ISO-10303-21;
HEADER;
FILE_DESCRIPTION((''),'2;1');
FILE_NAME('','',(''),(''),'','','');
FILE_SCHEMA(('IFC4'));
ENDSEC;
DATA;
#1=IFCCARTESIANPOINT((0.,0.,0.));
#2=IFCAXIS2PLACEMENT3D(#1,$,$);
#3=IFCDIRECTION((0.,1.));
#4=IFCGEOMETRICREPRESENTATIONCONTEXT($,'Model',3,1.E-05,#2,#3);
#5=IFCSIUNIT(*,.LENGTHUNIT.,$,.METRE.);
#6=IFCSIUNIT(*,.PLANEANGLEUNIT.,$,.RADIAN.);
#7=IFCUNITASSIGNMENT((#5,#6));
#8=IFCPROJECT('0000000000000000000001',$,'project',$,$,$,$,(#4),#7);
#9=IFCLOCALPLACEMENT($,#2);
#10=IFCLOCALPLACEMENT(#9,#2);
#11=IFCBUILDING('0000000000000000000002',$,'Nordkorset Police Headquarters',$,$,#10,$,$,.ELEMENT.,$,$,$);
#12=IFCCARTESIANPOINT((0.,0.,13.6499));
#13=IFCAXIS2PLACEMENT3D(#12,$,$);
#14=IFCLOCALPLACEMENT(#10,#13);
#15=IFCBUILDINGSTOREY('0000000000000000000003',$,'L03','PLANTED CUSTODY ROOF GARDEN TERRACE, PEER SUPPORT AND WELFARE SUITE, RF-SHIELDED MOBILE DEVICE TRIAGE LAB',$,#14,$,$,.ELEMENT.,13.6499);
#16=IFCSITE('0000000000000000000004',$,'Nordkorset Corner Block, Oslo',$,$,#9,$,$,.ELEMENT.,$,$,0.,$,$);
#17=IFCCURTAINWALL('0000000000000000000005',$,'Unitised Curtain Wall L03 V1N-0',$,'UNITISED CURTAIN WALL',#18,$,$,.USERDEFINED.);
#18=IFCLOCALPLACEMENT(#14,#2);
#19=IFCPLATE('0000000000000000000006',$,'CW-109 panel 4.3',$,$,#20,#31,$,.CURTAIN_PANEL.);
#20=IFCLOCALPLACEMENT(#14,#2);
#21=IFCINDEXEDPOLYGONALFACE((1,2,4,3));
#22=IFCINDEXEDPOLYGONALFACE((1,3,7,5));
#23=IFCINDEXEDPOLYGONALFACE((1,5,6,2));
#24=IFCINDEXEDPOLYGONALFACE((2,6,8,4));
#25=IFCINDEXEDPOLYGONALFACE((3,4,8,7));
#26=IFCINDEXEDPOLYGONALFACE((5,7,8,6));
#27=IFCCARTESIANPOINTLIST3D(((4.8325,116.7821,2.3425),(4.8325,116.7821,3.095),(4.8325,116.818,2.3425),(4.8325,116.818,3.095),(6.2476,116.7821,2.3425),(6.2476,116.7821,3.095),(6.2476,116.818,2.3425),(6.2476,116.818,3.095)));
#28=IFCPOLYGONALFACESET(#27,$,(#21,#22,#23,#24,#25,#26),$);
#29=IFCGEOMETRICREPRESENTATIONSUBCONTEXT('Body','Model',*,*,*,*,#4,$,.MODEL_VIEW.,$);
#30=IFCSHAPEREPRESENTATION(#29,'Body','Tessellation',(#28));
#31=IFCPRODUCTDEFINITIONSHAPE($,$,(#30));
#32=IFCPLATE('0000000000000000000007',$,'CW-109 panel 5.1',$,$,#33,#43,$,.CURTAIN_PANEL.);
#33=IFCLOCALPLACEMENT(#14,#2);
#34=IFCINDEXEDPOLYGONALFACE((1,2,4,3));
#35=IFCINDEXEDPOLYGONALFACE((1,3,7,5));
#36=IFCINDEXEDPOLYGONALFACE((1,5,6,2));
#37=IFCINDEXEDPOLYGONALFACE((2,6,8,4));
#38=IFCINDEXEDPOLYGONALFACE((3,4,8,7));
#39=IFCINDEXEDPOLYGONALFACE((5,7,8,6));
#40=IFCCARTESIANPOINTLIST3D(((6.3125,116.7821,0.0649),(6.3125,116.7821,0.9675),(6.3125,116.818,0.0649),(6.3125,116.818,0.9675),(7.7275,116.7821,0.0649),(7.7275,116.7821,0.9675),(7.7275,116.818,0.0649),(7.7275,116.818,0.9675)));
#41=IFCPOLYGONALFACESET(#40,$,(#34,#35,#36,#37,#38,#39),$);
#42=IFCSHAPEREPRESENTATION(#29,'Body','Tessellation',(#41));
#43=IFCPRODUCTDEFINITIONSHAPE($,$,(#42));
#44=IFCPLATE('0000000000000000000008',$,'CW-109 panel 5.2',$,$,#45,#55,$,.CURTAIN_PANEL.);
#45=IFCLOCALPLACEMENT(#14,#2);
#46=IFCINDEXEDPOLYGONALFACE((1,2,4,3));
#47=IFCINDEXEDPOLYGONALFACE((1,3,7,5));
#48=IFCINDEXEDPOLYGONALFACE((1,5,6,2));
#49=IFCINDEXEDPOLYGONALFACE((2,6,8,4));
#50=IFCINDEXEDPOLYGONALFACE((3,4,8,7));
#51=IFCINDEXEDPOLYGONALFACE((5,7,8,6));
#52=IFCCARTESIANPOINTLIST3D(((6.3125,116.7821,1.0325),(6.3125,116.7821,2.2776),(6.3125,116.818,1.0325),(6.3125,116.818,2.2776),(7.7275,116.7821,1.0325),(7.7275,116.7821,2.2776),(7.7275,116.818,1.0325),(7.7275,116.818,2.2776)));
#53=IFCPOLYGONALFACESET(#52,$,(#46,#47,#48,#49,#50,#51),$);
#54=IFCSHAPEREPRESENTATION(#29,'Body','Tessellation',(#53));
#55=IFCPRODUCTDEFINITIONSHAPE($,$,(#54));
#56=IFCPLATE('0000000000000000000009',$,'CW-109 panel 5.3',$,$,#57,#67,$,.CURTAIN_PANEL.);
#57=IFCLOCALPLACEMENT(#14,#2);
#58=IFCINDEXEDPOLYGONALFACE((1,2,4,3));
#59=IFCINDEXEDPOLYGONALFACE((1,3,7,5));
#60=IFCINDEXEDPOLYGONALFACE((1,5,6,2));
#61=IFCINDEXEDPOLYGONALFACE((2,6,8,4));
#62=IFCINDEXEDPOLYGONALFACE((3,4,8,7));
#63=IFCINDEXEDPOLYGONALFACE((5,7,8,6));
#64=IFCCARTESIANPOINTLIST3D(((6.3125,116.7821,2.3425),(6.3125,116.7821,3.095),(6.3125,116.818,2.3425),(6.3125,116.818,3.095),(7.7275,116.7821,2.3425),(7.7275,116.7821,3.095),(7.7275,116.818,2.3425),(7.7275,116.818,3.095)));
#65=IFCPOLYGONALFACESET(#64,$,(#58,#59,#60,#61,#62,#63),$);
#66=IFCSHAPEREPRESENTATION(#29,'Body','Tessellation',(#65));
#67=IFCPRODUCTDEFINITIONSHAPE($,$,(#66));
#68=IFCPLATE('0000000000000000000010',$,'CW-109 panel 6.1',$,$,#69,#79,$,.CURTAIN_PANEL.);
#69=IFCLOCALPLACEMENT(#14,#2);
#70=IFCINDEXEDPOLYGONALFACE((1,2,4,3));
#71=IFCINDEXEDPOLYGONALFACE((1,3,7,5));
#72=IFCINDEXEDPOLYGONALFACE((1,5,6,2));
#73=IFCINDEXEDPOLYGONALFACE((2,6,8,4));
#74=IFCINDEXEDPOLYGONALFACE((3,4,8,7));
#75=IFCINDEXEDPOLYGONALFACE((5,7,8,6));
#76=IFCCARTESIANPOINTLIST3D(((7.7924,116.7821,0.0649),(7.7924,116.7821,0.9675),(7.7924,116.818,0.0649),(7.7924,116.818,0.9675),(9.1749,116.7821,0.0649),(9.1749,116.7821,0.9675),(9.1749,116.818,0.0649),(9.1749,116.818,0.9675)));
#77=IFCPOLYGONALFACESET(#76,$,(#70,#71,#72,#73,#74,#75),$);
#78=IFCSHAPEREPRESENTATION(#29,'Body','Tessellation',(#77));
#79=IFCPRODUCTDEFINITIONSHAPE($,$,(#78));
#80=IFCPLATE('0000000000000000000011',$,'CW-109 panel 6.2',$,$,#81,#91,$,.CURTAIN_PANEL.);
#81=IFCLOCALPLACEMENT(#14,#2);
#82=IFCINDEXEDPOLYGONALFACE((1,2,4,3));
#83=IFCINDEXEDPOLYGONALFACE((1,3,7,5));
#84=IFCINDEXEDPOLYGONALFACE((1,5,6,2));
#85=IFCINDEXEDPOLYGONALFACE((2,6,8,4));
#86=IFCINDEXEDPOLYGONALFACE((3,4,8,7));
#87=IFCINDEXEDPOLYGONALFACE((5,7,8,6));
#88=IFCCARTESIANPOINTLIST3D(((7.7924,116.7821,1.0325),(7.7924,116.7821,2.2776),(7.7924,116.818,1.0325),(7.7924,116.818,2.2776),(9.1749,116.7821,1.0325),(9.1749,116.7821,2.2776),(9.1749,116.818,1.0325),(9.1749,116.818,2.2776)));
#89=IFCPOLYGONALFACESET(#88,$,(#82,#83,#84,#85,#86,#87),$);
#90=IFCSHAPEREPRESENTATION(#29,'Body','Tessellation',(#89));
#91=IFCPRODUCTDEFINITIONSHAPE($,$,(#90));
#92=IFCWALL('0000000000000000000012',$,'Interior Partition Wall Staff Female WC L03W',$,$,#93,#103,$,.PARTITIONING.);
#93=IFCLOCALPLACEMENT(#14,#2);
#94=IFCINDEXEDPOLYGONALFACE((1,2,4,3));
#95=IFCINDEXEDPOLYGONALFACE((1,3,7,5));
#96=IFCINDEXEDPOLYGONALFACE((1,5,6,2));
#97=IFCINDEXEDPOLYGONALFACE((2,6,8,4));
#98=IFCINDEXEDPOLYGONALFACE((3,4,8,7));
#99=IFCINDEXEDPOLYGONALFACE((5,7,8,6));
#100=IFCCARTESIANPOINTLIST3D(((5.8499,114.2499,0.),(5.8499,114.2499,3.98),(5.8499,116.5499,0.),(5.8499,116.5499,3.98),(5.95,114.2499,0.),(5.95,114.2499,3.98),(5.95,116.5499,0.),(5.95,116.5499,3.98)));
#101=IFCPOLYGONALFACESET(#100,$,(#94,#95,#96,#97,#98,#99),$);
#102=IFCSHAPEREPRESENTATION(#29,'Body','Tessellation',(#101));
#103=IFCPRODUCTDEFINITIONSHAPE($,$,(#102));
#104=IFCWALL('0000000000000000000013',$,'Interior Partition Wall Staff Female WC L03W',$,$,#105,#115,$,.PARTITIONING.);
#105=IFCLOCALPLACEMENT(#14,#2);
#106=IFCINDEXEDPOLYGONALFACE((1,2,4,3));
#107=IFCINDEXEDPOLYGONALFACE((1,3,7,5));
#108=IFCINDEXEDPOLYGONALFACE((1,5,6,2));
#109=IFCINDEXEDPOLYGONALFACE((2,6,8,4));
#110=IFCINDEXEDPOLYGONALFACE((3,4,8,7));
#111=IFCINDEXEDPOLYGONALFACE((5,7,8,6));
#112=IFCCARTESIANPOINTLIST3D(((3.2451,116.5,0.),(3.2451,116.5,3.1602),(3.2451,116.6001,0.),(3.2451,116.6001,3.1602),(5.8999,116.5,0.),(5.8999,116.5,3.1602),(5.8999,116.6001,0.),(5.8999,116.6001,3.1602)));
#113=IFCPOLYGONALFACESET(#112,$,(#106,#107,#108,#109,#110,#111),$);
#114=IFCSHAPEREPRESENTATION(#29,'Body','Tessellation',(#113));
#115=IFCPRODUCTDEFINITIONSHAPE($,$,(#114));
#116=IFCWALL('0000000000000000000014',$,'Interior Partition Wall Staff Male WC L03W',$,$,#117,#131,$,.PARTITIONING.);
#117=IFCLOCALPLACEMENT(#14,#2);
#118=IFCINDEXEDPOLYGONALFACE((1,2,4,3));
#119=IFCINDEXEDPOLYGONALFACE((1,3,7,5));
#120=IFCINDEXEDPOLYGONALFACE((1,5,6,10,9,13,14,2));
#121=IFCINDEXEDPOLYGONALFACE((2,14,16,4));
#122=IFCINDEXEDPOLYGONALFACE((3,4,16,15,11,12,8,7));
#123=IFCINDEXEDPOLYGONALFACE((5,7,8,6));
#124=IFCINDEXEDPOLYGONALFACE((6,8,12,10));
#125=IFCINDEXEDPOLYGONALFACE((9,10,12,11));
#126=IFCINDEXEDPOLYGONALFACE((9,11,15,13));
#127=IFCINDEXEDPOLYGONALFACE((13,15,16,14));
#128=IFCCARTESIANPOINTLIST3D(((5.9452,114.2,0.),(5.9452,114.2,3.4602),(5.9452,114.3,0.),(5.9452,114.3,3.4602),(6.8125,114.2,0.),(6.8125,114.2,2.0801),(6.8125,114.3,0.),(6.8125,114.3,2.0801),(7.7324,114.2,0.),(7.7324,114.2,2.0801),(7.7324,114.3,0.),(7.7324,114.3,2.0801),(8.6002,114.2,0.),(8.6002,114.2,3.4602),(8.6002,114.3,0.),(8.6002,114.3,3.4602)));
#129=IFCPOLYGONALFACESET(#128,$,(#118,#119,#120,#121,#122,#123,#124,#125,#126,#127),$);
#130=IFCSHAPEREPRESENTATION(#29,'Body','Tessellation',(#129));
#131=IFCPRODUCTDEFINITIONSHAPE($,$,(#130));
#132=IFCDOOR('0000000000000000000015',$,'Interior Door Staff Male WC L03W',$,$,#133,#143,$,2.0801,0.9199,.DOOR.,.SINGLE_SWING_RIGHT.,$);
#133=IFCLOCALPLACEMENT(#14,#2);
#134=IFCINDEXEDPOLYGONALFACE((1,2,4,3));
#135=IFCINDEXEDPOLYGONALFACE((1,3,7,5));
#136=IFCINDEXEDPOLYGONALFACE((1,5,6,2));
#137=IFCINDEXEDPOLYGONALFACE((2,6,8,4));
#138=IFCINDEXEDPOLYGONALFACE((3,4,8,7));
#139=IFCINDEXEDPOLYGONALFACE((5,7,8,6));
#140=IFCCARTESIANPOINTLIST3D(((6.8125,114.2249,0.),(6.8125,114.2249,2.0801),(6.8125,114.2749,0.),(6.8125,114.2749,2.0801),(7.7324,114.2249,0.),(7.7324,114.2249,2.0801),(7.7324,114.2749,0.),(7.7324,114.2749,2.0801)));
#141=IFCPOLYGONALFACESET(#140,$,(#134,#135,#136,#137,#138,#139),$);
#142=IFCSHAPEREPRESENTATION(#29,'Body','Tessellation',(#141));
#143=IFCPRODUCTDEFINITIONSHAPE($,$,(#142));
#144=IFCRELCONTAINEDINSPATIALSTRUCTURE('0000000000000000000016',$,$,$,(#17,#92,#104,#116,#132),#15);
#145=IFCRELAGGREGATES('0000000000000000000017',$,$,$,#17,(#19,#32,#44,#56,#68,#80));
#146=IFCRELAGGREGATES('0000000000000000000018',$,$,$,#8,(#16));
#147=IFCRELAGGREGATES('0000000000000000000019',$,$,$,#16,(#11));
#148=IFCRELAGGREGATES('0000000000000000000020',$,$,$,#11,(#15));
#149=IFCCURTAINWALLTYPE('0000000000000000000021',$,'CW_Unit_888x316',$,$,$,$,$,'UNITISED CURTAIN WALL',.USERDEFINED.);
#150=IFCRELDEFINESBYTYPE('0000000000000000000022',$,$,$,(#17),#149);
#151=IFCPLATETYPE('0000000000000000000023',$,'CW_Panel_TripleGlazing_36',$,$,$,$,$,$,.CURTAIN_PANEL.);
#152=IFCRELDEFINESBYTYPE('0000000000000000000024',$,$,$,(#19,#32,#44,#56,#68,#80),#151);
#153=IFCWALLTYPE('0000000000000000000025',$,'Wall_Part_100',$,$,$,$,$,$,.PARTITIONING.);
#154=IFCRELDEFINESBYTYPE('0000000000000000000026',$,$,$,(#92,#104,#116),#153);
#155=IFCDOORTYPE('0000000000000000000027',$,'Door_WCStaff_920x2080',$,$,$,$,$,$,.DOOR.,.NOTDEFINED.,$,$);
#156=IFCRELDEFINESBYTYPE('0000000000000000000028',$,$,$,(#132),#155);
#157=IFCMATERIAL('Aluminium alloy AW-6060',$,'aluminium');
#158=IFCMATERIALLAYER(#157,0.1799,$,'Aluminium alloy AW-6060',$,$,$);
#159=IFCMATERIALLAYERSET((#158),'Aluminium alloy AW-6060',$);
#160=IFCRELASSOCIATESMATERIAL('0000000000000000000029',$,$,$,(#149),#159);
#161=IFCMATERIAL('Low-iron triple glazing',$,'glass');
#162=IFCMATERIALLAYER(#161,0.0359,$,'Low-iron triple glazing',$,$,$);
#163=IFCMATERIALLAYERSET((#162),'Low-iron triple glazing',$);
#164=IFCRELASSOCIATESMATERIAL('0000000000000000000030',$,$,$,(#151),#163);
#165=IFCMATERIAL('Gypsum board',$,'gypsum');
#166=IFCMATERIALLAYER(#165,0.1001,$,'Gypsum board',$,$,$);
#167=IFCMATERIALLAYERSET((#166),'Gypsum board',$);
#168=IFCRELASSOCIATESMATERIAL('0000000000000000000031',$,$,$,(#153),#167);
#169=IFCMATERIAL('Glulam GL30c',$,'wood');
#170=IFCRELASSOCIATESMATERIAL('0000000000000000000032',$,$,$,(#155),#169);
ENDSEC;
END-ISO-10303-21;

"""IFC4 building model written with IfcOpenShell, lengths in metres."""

from ifc_helpers import new_model, si_unit, direction, frame, frame_2d, origin, origin_2d, place, context, subcontext, project, spatial, rectangle, extrude, material, layer, layer_set, type_object, element, fill, aggregate, save


model = new_model("IFC4")

# Units and contexts
model_context = context("Model", 3, precision=1e-05, world=origin(), true_north=direction((0.0, 1.0)))
body_context = subcontext(model_context, "Body", "Model", "MODEL_VIEW")
ifc_project = project(units=[si_unit("LENGTHUNIT", "METRE"), si_unit("PLANEANGLEUNIT", "RADIAN")], contexts=[model_context])

# Site, building, storey
site_placement = place(None, origin())
site = spatial("IfcSite", under=ifc_project, at=site_placement, Name="Nordkorset Corner Block, Oslo", CompositionType="ELEMENT", RefElevation=0.0)
building_placement = place(site_placement, origin())
building = spatial("IfcBuilding", under=site, at=building_placement, Name="Nordkorset Police Headquarters", CompositionType="ELEMENT")
storey_placement = place(building_placement, frame((0.0, 0.0, 13.6499)))
storey = spatial("IfcBuildingStorey", under=building, at=storey_placement, Name="L03", Description="PLANTED CUSTODY ROOF GARDEN TERRACE, PEER SUPPORT AND WELFARE SUITE, RF-SHIELDED MOBILE DEVICE TRIAGE LAB", CompositionType="ELEMENT", Elevation=13.6499)

# Curtain wall, plates
ifc_material_1 = material(Name="Aluminium alloy AW-6060", Category="aluminium")
ifc_layer_1 = layer(ifc_material_1, 0.1799, Name="Aluminium alloy AW-6060")
ifc_layer_set_1 = layer_set([ifc_layer_1], Name="Aluminium alloy AW-6060")
curtain_wall_type = type_object("IfcCurtainWallType", Name="CW_Unit_888x316", ElementType="UNITISED CURTAIN WALL", PredefinedType="USERDEFINED", material=ifc_layer_set_1)
curtain_wall_placement = place(storey_placement, origin())
curtain_wall = element("IfcCurtainWall", 1, at=curtain_wall_placement, inside=storey, type_object=curtain_wall_type, Name="Unitised Curtain Wall L03 V1N-0", ObjectType="UNITISED CURTAIN WALL", PredefinedType="USERDEFINED")
ifc_material_2 = material(Name="Low-iron triple glazing", Category="glass")
ifc_layer_2 = layer(ifc_material_2, 0.0359, Name="Low-iron triple glazing")
ifc_layer_set_2 = layer_set([ifc_layer_2], Name="Low-iron triple glazing")
plate_type = type_object("IfcPlateType", Name="CW_Panel_TripleGlazing_36", PredefinedType="CURTAIN_PANEL", material=ifc_layer_set_2)
plate_1_placement = place(storey_placement, frame((5.54, 116.8, 2.3425), z_axis=(0.0, 0.0, 1.0), x_axis=(1.0, 0.0, 0.0)))
plate_1 = element("IfcPlate", 2, at=plate_1_placement, type_object=plate_type, Name="CW-109 panel 4.3", PredefinedType="CURTAIN_PANEL", context=body_context, shape_type="SweptSolid", body=[
    extrude(rectangle(XDim=1.415, YDim=0.0359, at=origin_2d()), origin(), (0.0, 0.0, 1.0), 0.7524),
])
plate_2_placement = place(storey_placement, frame((7.02, 116.8, 0.0649), z_axis=(0.0, 0.0, 1.0), x_axis=(1.0, 0.0, 0.0)))
plate_2 = element("IfcPlate", 3, at=plate_2_placement, type_object=plate_type, Name="CW-109 panel 5.1", PredefinedType="CURTAIN_PANEL", context=body_context, shape_type="SweptSolid", body=[
    extrude(rectangle(XDim=1.415, YDim=0.0359, at=origin_2d()), origin(), (0.0, 0.0, 1.0), 0.9026),
])
plate_3_placement = place(storey_placement, frame((7.02, 116.8, 1.0325), z_axis=(0.0, 0.0, 1.0), x_axis=(1.0, 0.0, 0.0)))
plate_3 = element("IfcPlate", 4, at=plate_3_placement, type_object=plate_type, Name="CW-109 panel 5.2", PredefinedType="CURTAIN_PANEL", context=body_context, shape_type="SweptSolid", body=[
    extrude(rectangle(XDim=1.415, YDim=0.0359, at=origin_2d()), origin(), (0.0, 0.0, 1.0), 1.2451),
])
plate_4_placement = place(storey_placement, frame((7.02, 116.8, 2.3425), z_axis=(0.0, 0.0, 1.0), x_axis=(1.0, 0.0, 0.0)))
plate_4 = element("IfcPlate", 5, at=plate_4_placement, type_object=plate_type, Name="CW-109 panel 5.3", PredefinedType="CURTAIN_PANEL", context=body_context, shape_type="SweptSolid", body=[
    extrude(rectangle(XDim=1.415, YDim=0.0359, at=origin_2d()), origin(), (0.0, 0.0, 1.0), 0.7524),
])
plate_5_placement = place(storey_placement, frame((8.4836, 116.8, 0.0649), z_axis=(0.0, 0.0, 1.0), x_axis=(1.0, 0.0, 0.0)))
plate_5 = element("IfcPlate", 6, at=plate_5_placement, type_object=plate_type, Name="CW-109 panel 6.1", PredefinedType="CURTAIN_PANEL", context=body_context, shape_type="SweptSolid", body=[
    extrude(rectangle(XDim=1.3826, YDim=0.0359, at=origin_2d()), origin(), (0.0, 0.0, 1.0), 0.9026),
])
plate_6_placement = place(storey_placement, frame((8.4836, 116.8, 1.0325), z_axis=(0.0, 0.0, 1.0), x_axis=(1.0, 0.0, 0.0)))
plate_6 = element("IfcPlate", 7, at=plate_6_placement, type_object=plate_type, Name="CW-109 panel 6.2", PredefinedType="CURTAIN_PANEL", context=body_context, shape_type="SweptSolid", body=[
    extrude(rectangle(XDim=1.3826, YDim=0.0359, at=origin_2d()), origin(), (0.0, 0.0, 1.0), 1.2451),
])
aggregate(curtain_wall, [plate_1, plate_2, plate_3, plate_4, plate_5, plate_6])

# Walls
ifc_material_3 = material(Name="Gypsum board", Category="gypsum")
ifc_layer_3 = layer(ifc_material_3, 0.1001, Name="Gypsum board")
ifc_layer_set_3 = layer_set([ifc_layer_3], Name="Gypsum board")
wall_type = type_object("IfcWallType", Name="Wall_Part_100", PredefinedType="PARTITIONING", material=ifc_layer_set_3)
wall_1_placement = place(storey_placement, frame((5.8999, 114.25, 0.0), z_axis=(0.0, 0.0, 1.0), x_axis=(0.0, 1.0, 0.0)))
element("IfcWall", 8, at=wall_1_placement, inside=storey, type_object=wall_type, Name="Interior Partition Wall Staff Female WC L03W", PredefinedType="PARTITIONING", context=body_context, shape_type="SweptSolid", body=[
    extrude(rectangle(XDim=2.3, YDim=0.1001, at=frame_2d((1.1499, 0.0))), origin(), (0.0, 0.0, 1.0), 3.98),
])
wall_2_placement = place(storey_placement, frame((5.8999, 116.55, 0.0), z_axis=(0.0, 0.0, 1.0), x_axis=(-1.0, 0.0, 0.0)))
element("IfcWall", 9, at=wall_2_placement, inside=storey, type_object=wall_type, Name="Interior Partition Wall Staff Female WC L03W", PredefinedType="PARTITIONING", context=body_context, shape_type="SweptSolid", body=[
    extrude(rectangle(XDim=2.6548, YDim=0.1001, at=frame_2d((1.3274, 0.0))), origin(), (0.0, 0.0, 1.0), 3.1602),
])

# Wall, opening, door
wall_3_placement = place(storey_placement, frame((5.9451, 114.25, 0.0), z_axis=(0.0, 0.0, 1.0), x_axis=(1.0, 0.0, 0.0)))
wall_3 = element("IfcWall", 10, at=wall_3_placement, inside=storey, type_object=wall_type, Name="Interior Partition Wall Staff Male WC L03W", PredefinedType="PARTITIONING", context=body_context, shape_type="SweptSolid", body=[
    extrude(rectangle(XDim=2.655, YDim=0.1001, at=frame_2d((1.3276, 0.0))), origin(), (0.0, 0.0, 1.0), 3.4602),
])
opening_placement = place(wall_3_placement, frame((0.8674, 0.0, 0.0)))
opening = element("IfcOpeningElement", 11, at=opening_placement, cuts=wall_3, PredefinedType="OPENING", context=body_context, shape_type="SweptSolid", body=[
    extrude(rectangle(XDim=0.9199, YDim=2.0801, at=frame_2d((0.46, 1.04))), frame((0.0, 0.0601, 0.0), z_axis=(0.0, -1.0, 0.0), x_axis=(1.0, 0.0, 0.0)), (0.0, 0.0, 1.0), 0.1201),
])
ifc_material_4 = material(Name="Glulam GL30c", Category="wood")
door_type = type_object("IfcDoorType", Name="Door_WCStaff_920x2080", OperationType="NOTDEFINED", PredefinedType="DOOR", material=ifc_material_4)
door_placement = place(opening_placement, origin())
door = element("IfcDoor", 12, at=door_placement, inside=storey, type_object=door_type, Name="Interior Door Staff Male WC L03W", OperationType="SINGLE_SWING_RIGHT", OverallHeight=2.0801, OverallWidth=0.9199, PredefinedType="DOOR", context=body_context, shape_type="SweptSolid", body=[
    extrude(rectangle(XDim=0.9199, YDim=2.0801, at=frame_2d((0.46, 1.04))), frame((0.0, 0.0249, 0.0), z_axis=(0.0, -1.0, 0.0), x_axis=(1.0, 0.0, 0.0)), (0.0, 0.0, 1.0), 0.05),
])
fill(opening, door)

save(model, "model.ifc")
